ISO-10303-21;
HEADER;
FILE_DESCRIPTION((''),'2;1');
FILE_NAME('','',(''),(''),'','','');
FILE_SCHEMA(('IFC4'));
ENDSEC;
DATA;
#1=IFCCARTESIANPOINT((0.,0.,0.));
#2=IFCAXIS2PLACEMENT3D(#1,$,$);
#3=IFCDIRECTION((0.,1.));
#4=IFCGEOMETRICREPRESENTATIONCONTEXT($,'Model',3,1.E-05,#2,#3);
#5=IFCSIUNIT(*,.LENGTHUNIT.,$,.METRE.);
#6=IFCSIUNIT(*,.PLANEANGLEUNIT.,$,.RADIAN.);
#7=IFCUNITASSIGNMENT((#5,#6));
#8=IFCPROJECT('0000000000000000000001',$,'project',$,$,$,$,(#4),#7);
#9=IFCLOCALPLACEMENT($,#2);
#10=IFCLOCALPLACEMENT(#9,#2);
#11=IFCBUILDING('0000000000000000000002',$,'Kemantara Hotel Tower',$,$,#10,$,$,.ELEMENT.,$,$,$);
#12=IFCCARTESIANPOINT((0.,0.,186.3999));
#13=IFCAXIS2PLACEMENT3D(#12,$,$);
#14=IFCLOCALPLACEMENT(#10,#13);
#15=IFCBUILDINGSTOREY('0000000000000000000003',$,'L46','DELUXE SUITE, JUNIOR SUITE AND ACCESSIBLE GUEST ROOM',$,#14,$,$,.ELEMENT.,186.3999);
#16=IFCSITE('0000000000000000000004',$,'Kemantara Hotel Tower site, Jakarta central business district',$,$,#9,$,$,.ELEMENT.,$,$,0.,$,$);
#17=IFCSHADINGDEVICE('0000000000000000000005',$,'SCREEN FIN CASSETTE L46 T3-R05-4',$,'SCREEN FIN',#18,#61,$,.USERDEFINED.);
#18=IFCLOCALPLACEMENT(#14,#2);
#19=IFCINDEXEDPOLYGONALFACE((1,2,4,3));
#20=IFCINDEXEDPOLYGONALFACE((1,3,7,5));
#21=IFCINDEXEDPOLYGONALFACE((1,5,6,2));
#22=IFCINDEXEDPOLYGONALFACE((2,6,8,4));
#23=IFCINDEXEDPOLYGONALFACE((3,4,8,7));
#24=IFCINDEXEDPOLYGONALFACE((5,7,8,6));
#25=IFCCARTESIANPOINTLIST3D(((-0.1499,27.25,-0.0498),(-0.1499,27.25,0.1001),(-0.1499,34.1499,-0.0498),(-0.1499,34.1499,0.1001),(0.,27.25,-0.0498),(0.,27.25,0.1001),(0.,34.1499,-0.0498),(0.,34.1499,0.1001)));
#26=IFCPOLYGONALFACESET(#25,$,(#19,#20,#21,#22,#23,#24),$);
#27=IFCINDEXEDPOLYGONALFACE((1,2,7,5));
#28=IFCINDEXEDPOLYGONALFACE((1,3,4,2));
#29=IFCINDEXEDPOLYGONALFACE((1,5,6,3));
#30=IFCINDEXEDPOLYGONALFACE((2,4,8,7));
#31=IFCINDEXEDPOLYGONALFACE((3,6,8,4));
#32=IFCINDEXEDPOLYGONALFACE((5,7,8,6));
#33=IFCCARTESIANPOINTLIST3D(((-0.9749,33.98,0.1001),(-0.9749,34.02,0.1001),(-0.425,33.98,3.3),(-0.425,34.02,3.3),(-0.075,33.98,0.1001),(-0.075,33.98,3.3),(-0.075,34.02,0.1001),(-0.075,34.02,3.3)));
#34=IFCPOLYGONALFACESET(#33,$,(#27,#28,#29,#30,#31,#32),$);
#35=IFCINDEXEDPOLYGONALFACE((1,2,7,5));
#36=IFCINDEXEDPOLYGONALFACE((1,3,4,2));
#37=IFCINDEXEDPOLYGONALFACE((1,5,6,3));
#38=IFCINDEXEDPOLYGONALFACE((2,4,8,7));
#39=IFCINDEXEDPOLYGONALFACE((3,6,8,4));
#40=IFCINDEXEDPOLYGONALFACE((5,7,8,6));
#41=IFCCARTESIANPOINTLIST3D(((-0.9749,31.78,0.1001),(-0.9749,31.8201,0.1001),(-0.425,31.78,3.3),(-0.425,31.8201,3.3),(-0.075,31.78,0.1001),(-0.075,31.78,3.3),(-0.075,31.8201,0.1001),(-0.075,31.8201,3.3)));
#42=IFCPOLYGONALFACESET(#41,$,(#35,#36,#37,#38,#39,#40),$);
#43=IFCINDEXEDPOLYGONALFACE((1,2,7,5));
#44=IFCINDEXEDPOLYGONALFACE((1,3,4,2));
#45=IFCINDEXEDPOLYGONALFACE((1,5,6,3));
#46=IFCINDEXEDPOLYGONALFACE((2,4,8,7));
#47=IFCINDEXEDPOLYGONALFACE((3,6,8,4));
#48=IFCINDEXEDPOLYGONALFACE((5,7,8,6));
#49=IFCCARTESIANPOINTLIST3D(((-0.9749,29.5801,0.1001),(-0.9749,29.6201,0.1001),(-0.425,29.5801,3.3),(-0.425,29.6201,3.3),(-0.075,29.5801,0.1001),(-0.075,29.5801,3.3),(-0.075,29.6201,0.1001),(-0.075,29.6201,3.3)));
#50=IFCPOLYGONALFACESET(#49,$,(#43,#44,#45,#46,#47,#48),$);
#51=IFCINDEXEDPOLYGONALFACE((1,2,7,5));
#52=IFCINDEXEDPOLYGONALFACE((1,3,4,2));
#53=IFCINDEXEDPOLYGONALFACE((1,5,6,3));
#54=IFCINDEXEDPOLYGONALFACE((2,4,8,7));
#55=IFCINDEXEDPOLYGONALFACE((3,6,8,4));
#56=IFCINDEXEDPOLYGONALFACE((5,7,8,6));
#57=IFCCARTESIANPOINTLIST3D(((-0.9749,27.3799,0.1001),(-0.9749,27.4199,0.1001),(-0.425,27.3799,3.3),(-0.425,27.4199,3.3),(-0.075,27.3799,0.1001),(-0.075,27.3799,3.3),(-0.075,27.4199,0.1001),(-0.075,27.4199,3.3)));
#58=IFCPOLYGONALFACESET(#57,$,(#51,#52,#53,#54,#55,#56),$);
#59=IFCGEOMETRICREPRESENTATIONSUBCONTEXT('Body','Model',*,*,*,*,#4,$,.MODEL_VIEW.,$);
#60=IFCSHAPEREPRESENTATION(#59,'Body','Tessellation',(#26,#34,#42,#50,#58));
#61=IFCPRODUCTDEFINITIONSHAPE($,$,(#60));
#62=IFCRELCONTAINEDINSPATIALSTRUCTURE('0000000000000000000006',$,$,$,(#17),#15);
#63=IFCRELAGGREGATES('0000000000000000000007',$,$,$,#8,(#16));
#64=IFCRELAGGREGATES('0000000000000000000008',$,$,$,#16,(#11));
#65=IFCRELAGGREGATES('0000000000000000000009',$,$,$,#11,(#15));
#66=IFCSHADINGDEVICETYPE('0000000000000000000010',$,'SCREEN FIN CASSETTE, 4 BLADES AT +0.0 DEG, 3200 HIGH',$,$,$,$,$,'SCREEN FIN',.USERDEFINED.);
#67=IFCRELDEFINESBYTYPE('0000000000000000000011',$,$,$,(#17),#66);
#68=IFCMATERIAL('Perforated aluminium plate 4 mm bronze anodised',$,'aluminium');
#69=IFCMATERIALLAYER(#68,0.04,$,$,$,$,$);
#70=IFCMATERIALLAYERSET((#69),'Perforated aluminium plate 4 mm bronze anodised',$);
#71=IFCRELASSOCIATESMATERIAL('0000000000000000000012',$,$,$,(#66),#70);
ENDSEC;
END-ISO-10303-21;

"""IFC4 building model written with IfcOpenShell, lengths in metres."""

from ifc_helpers import new_model, si_unit, direction, frame, origin, origin_2d, place, context, subcontext, project, spatial, polyline, rectangle, outline, extrude, source, transform, mapped, material, layer, layer_set, type_object, element, save


model = new_model("IFC4")

# Units and contexts
model_context = context("Model", 3, precision=1e-05, world=origin(), true_north=direction((0.0, 1.0)))
body_context = subcontext(model_context, "Body", "Model", "MODEL_VIEW")
ifc_project = project(units=[si_unit("LENGTHUNIT", "METRE"), si_unit("PLANEANGLEUNIT", "RADIAN")], contexts=[model_context])

# Site, building, storey
site_placement = place(None, origin())
site = spatial("IfcSite", under=ifc_project, at=site_placement, Name="Kemantara Hotel Tower site, Jakarta central business district", CompositionType="ELEMENT", RefElevation=0.0)
building_placement = place(site_placement, origin())
building = spatial("IfcBuilding", under=site, at=building_placement, Name="Kemantara Hotel Tower", CompositionType="ELEMENT")
storey_placement = place(building_placement, frame((0.0, 0.0, 186.3999)))
storey = spatial("IfcBuildingStorey", under=building, at=storey_placement, Name="L46", Description="DELUXE SUITE, JUNIOR SUITE AND ACCESSIBLE GUEST ROOM", CompositionType="ELEMENT", Elevation=186.3999)

# Shading device
ifc_material_1 = material(Name="Perforated aluminium plate 4 mm bronze anodised", Category="aluminium")
ifc_layer_1 = layer(ifc_material_1, 0.04)
ifc_layer_set_1 = layer_set([ifc_layer_1], Name="Perforated aluminium plate 4 mm bronze anodised")
shading_device_type = type_object("IfcShadingDeviceType", Name="SCREEN FIN CASSETTE, 4 BLADES AT +0.0 DEG, 3200 HIGH", ElementType="SCREEN FIN", PredefinedType="USERDEFINED", material=ifc_layer_set_1)
shared_shape_1 = source(origin(), body_context, "Body", "SweptSolid", [
    extrude(rectangle(XDim=6.8999, YDim=0.1499, at=origin_2d()), frame((3.3, -0.075, -0.1499), z_axis=(0.0, 0.0, 1.0), x_axis=(1.0, 0.0, 0.0)), (0.0, 0.0, 1.0), 0.1499),
    extrude(outline(polyline([(0.0, 0.0), (0.8999, 0.0), (0.3501, 3.2), (0.0, 3.2), (0.0, 0.0)])), frame((0.02, -0.075, 0.0), z_axis=(-1.0, 0.0, 0.0), x_axis=(0.0, -1.0, 0.0)), (0.0, 0.0, 1.0), 0.04),
    extrude(outline(polyline([(0.0, 0.0), (0.8999, 0.0), (0.3501, 3.2), (0.0, 3.2), (0.0, 0.0)])), frame((2.22, -0.075, 0.0), z_axis=(-1.0, 0.0, 0.0), x_axis=(0.0, -1.0, 0.0)), (0.0, 0.0, 1.0), 0.04),
    extrude(outline(polyline([(0.0, 0.0), (0.8999, 0.0), (0.3501, 3.2), (0.0, 3.2), (0.0, 0.0)])), frame((4.4199, -0.075, 0.0), z_axis=(-1.0, 0.0, 0.0), x_axis=(0.0, -1.0, 0.0)), (0.0, 0.0, 1.0), 0.04),
    extrude(outline(polyline([(0.0, 0.0), (0.8999, 0.0), (0.3501, 3.2), (0.0, 3.2), (0.0, 0.0)])), frame((6.6201, -0.075, 0.0), z_axis=(-1.0, 0.0, 0.0), x_axis=(0.0, -1.0, 0.0)), (0.0, 0.0, 1.0), 0.04),
])
shading_device_placement = place(storey_placement, frame((0.0, 34.0, 0.1001), z_axis=(0.0, 0.0, 1.0), x_axis=(0.0, -1.0, 0.0)))
element("IfcShadingDevice", 1, at=shading_device_placement, inside=storey, type_object=shading_device_type, Name="SCREEN FIN CASSETTE L46 T3-R05-4", ObjectType="SCREEN FIN", PredefinedType="USERDEFINED", context=body_context, shape_type="MappedRepresentation", body=[
    mapped(shared_shape_1, transform((0.0, 0.0, 0.0))),
])

save(model, "model.ifc")
